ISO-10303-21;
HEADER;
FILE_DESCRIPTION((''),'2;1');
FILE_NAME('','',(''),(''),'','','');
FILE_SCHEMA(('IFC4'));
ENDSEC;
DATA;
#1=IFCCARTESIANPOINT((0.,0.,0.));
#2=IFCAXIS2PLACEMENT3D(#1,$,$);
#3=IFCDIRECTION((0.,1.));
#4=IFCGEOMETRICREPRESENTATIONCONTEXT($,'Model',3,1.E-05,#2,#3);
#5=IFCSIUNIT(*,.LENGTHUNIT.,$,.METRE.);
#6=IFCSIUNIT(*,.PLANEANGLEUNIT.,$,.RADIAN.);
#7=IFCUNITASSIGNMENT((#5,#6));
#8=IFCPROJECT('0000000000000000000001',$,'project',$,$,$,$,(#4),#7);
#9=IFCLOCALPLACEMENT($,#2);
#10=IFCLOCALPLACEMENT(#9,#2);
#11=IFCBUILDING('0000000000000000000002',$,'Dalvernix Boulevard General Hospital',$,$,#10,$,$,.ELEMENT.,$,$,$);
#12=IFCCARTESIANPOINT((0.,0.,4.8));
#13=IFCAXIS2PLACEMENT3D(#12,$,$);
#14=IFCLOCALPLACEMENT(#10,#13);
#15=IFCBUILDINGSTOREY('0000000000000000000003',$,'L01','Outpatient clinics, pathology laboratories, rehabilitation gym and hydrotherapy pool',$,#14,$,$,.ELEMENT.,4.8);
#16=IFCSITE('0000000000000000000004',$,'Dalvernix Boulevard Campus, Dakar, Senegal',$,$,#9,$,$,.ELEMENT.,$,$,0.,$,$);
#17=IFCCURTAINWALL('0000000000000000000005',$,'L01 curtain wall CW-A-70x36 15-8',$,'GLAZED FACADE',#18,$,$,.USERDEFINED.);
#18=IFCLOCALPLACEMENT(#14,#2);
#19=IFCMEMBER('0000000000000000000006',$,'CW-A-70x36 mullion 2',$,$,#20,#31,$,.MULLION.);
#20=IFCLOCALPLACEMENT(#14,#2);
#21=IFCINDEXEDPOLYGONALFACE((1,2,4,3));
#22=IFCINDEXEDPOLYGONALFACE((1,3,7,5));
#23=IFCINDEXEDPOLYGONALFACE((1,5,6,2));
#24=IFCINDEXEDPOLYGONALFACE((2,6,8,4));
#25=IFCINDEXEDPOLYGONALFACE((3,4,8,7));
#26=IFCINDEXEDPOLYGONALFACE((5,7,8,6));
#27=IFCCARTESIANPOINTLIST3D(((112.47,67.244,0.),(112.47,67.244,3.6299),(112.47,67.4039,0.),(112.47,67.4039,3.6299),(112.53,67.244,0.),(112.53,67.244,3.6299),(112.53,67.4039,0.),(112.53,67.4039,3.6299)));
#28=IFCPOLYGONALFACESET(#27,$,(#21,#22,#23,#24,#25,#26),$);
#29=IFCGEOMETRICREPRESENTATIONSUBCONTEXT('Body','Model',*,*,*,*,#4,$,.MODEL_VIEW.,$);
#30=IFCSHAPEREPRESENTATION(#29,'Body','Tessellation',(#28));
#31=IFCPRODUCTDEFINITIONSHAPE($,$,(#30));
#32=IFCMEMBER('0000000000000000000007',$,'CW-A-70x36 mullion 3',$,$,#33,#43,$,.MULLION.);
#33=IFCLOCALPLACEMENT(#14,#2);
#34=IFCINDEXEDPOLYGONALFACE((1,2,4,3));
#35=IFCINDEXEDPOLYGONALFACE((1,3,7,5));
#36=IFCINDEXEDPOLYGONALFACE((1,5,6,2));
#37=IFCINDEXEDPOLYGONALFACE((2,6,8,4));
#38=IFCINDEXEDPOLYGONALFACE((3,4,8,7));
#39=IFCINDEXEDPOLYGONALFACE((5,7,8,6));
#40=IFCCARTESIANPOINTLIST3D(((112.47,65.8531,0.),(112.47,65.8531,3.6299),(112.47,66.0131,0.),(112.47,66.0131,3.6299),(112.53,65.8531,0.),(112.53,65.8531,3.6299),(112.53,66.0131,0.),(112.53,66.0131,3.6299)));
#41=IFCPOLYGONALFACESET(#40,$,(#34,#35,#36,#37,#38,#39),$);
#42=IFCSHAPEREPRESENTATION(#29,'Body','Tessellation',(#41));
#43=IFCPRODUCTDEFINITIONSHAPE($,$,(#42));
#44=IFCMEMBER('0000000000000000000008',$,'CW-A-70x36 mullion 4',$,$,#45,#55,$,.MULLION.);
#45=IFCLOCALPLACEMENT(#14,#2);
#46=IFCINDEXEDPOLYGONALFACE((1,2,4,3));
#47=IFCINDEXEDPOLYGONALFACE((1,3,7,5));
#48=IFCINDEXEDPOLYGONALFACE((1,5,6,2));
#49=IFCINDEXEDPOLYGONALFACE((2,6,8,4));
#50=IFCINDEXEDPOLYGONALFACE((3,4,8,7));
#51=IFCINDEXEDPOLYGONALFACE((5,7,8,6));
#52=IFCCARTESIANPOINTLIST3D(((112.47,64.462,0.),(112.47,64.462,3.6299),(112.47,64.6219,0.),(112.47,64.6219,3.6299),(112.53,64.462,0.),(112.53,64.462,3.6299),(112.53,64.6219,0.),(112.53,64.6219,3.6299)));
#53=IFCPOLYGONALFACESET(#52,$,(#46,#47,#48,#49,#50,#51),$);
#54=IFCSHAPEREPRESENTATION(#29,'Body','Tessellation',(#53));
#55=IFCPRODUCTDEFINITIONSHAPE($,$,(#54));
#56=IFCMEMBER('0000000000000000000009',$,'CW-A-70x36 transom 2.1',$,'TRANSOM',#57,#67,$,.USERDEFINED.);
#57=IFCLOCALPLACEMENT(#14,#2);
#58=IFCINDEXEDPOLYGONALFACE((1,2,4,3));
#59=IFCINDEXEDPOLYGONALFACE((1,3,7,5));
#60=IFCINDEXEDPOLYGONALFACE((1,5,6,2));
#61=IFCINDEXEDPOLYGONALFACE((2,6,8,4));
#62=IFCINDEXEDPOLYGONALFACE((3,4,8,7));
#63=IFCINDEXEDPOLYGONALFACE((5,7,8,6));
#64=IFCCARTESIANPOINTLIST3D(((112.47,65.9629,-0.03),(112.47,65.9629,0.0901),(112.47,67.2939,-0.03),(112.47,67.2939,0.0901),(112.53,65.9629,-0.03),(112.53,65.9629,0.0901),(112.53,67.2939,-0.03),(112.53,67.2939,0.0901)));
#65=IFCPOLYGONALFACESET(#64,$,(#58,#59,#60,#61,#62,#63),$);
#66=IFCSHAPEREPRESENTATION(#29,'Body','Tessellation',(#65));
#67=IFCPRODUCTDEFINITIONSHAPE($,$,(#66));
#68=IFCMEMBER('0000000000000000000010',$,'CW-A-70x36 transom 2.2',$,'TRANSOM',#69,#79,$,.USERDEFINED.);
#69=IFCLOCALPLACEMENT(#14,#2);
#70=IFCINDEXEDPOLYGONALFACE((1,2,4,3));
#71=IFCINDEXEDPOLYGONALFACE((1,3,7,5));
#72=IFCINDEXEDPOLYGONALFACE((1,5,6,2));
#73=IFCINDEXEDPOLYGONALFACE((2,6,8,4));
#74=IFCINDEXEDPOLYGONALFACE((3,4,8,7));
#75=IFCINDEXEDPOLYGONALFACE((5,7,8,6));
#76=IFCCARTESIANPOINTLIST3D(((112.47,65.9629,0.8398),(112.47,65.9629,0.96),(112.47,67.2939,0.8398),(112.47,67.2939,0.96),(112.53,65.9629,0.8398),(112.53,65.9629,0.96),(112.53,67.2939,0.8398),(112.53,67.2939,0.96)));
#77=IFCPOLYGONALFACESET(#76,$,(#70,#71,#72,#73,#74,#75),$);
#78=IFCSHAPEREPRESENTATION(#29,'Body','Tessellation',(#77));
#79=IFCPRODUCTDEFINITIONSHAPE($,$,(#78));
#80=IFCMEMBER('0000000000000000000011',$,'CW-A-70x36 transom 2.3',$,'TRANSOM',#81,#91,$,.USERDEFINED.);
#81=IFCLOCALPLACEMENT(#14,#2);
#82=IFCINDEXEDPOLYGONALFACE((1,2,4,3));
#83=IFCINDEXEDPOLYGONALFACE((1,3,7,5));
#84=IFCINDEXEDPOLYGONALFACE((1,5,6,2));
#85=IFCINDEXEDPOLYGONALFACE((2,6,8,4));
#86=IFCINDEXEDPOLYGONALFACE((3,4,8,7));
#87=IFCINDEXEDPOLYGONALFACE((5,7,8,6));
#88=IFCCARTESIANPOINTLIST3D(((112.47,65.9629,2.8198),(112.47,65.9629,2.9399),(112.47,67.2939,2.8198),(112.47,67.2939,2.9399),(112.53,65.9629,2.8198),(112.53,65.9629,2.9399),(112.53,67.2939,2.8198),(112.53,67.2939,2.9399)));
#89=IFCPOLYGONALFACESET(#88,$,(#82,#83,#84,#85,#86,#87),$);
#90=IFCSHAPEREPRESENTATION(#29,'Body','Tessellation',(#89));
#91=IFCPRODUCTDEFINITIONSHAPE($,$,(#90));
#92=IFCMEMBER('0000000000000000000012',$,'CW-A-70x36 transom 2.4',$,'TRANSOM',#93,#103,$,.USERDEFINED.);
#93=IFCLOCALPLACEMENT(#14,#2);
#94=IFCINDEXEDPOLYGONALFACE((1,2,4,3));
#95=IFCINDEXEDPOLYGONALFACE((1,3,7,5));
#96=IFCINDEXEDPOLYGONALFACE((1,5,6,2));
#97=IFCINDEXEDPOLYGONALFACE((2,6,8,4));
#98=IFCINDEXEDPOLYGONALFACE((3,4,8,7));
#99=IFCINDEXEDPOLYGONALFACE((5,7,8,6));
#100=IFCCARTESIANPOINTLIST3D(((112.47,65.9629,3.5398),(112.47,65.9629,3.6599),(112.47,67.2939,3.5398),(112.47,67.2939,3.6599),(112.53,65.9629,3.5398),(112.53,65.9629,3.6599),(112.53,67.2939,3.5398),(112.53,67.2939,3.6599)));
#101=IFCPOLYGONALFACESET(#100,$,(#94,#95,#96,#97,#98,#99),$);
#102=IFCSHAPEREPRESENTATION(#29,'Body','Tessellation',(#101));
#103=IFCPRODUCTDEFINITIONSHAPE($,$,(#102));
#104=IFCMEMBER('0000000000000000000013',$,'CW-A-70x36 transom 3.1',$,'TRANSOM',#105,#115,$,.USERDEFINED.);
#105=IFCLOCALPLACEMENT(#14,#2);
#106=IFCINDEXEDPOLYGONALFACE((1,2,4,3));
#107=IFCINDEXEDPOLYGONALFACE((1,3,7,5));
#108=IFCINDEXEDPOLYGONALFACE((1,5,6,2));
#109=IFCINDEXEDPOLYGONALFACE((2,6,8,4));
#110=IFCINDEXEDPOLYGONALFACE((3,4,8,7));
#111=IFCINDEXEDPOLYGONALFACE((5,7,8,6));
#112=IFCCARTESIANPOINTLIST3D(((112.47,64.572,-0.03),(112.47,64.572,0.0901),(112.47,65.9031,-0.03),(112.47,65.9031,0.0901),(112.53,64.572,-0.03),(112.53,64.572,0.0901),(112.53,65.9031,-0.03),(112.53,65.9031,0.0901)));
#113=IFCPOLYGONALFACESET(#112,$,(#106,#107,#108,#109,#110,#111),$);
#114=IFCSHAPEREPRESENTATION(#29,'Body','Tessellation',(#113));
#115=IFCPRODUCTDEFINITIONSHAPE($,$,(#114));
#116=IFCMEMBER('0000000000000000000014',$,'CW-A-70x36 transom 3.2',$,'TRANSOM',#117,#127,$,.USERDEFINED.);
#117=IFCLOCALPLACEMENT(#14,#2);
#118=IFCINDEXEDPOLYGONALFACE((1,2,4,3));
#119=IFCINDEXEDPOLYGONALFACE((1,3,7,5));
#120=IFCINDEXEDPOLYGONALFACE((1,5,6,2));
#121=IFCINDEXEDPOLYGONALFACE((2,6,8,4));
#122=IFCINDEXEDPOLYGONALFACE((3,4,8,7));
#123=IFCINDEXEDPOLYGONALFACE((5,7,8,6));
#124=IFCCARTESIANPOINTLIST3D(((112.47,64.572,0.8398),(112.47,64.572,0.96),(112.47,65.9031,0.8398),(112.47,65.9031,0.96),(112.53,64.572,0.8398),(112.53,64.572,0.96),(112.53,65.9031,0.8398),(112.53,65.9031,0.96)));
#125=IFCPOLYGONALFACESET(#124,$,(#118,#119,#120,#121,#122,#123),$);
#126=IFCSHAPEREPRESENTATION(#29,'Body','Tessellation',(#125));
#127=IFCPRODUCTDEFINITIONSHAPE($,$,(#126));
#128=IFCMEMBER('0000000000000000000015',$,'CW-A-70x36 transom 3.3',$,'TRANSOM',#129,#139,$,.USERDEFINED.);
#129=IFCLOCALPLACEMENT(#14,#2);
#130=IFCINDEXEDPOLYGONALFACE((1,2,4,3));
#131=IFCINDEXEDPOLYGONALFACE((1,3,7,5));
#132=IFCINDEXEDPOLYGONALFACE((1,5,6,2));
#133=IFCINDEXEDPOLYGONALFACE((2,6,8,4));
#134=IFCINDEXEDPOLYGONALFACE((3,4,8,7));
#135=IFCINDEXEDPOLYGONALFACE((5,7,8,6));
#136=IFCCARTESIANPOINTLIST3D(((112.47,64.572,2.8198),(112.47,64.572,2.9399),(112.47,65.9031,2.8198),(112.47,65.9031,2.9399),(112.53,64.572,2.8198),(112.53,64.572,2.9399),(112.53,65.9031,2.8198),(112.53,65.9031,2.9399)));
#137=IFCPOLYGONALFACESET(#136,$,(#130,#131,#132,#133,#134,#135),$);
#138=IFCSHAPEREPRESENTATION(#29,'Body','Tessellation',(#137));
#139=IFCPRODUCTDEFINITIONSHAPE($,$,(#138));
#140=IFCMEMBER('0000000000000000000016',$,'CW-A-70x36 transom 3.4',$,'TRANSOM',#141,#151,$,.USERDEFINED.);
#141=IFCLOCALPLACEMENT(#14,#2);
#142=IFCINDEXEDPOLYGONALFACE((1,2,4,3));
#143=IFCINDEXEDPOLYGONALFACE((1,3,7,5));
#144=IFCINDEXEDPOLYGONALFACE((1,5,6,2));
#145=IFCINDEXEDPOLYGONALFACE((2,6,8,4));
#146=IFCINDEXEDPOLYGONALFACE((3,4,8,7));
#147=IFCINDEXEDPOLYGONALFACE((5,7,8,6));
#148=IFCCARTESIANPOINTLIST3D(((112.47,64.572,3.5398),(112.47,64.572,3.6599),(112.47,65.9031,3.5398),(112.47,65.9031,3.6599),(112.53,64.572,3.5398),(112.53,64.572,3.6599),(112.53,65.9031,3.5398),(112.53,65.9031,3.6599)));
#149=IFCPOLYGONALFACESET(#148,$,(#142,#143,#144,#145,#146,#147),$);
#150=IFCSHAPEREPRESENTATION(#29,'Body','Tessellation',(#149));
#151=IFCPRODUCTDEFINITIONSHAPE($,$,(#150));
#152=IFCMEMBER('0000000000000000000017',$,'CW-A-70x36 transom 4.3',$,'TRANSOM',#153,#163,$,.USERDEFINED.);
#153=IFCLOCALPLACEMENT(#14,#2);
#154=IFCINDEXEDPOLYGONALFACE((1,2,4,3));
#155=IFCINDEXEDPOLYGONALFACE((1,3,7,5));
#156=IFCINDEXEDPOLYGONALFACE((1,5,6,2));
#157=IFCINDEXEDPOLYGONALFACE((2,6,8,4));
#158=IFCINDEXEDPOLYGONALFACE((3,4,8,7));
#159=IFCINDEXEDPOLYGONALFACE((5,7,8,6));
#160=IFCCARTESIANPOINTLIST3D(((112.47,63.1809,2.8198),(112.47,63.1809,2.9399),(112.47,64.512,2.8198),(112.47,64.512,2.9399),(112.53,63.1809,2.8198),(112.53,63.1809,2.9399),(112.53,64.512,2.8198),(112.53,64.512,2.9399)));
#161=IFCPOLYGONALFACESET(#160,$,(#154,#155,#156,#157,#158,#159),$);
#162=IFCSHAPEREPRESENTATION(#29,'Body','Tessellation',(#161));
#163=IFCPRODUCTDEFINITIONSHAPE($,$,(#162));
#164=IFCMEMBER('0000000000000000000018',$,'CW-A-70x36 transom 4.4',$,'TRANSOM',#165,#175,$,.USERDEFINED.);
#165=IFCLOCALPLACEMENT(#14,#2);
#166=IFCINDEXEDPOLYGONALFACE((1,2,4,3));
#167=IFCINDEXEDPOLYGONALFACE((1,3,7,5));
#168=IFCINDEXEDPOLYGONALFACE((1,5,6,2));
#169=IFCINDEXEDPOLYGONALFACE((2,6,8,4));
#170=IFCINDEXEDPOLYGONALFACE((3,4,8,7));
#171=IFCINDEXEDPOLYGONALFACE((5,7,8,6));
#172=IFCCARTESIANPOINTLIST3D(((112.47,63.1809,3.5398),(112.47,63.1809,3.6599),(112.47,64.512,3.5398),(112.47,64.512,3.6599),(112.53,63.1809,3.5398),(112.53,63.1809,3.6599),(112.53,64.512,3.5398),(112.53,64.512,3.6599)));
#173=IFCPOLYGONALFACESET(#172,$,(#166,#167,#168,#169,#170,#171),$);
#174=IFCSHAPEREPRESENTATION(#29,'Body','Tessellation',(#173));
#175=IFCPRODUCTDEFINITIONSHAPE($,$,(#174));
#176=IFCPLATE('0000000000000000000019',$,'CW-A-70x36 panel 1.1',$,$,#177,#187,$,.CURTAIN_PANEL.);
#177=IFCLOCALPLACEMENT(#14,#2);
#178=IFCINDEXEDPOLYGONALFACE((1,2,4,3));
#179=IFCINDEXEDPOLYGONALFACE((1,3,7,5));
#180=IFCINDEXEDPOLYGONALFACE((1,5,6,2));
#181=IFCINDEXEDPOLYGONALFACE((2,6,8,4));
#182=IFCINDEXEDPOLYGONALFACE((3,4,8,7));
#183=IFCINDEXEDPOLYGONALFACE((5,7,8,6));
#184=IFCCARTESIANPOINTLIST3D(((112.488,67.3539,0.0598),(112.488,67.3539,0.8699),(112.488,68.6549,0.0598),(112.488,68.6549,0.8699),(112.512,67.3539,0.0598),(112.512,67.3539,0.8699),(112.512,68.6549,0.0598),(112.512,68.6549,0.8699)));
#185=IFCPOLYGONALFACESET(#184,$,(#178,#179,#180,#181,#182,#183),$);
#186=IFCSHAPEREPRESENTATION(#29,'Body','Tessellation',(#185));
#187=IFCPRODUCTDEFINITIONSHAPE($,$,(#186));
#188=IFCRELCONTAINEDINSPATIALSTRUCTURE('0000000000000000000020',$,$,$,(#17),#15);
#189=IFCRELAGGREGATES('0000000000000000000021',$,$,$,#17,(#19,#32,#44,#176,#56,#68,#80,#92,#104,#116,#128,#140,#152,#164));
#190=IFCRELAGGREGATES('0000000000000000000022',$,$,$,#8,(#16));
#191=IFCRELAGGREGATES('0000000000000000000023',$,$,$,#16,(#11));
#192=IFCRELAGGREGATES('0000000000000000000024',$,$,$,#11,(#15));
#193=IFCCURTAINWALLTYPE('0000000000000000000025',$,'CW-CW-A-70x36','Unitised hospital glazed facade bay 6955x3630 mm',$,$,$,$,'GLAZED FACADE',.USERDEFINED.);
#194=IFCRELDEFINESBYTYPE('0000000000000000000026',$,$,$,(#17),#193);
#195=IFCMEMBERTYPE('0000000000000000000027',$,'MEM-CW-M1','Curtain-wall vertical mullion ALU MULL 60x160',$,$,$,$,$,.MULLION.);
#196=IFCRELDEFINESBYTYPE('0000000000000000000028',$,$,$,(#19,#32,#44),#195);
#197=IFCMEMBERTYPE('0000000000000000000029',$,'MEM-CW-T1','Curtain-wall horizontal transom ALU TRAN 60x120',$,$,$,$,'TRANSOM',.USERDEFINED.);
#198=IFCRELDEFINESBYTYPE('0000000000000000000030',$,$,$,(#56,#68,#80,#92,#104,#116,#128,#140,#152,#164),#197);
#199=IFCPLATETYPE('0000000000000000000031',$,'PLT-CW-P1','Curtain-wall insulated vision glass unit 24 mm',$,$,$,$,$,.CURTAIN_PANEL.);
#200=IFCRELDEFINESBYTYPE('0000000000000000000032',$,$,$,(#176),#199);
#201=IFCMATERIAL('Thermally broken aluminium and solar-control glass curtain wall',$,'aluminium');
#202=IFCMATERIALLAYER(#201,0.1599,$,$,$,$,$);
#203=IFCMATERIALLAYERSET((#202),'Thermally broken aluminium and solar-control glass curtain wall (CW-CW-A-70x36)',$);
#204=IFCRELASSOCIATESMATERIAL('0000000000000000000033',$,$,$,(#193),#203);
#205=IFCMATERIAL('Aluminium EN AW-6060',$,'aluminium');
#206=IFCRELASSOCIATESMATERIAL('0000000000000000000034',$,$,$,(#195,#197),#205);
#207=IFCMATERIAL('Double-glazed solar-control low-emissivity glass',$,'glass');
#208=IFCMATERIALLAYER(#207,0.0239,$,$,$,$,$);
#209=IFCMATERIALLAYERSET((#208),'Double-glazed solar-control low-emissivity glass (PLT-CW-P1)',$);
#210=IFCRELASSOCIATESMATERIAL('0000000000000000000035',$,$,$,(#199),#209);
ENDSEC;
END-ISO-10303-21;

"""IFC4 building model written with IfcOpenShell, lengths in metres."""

from ifc_helpers import new_model, si_unit, direction, frame, origin, origin_2d, place, context, subcontext, project, spatial, rectangle, extrude, material, layer, layer_set, material_profile, profile_set, type_object, element, aggregate, save


model = new_model("IFC4")

# Units and contexts
model_context = context("Model", 3, precision=1e-05, world=origin(), true_north=direction((0.0, 1.0)))
body_context = subcontext(model_context, "Body", "Model", "MODEL_VIEW")
ifc_project = project(units=[si_unit("LENGTHUNIT", "METRE"), si_unit("PLANEANGLEUNIT", "RADIAN")], contexts=[model_context])

# Site, building, storey
site_placement = place(None, origin())
site = spatial("IfcSite", under=ifc_project, at=site_placement, Name="Dalvernix Boulevard Campus, Dakar, Senegal", CompositionType="ELEMENT", RefElevation=0.0)
building_placement = place(site_placement, origin())
building = spatial("IfcBuilding", under=site, at=building_placement, Name="Dalvernix Boulevard General Hospital", CompositionType="ELEMENT")
storey_placement = place(building_placement, frame((0.0, 0.0, 4.8)))
storey = spatial("IfcBuildingStorey", under=building, at=storey_placement, Name="L01", Description="Outpatient clinics, pathology laboratories, rehabilitation gym and hydrotherapy pool", CompositionType="ELEMENT", Elevation=4.8)

# Curtain wall, members, plate
ifc_material_1 = material(Name="Thermally broken aluminium and solar-control glass curtain wall", Category="aluminium")
ifc_layer_1 = layer(ifc_material_1, 0.1599)
ifc_layer_set_1 = layer_set([ifc_layer_1], Name="Thermally broken aluminium and solar-control glass curtain wall (CW-CW-A-70x36)")
curtain_wall_type = type_object("IfcCurtainWallType", Name="CW-CW-A-70x36", Description="Unitised hospital glazed facade bay 6955x3630 mm", ElementType="GLAZED FACADE", PredefinedType="USERDEFINED", material=ifc_layer_set_1)
curtain_wall_placement = place(storey_placement, origin())
curtain_wall = element("IfcCurtainWall", 1, at=curtain_wall_placement, inside=storey, type_object=curtain_wall_type, Name="L01 curtain wall CW-A-70x36 15-8", ObjectType="GLAZED FACADE", PredefinedType="USERDEFINED")
ifc_material_2 = material(Name="Aluminium EN AW-6060", Category="aluminium")
ifc_material_profile_1 = material_profile(ifc_material_2, rectangle(XDim=0.0601, YDim=0.1599, at=origin_2d()), Name="ALU MULL 60x160")
ifc_profile_set_1 = profile_set([ifc_material_profile_1], Name="Aluminium EN AW-6060")
member_type_1 = type_object("IfcMemberType", Name="MEM-CW-M1", Description="Curtain-wall vertical mullion ALU MULL 60x160", PredefinedType="MULLION", material=ifc_profile_set_1)
member_1_placement = place(storey_placement, frame((112.5, 67.324, 0.0), z_axis=(0.0, 0.0, 1.0), x_axis=(1.0, 0.0, 0.0)))
member_1 = element("IfcMember", 2, at=member_1_placement, type_object=member_type_1, Name="CW-A-70x36 mullion 2", PredefinedType="MULLION", context=body_context, shape_type="SweptSolid", body=[
    extrude(rectangle(XDim=0.0601, YDim=0.1599, at=origin_2d()), origin(), (0.0, 0.0, 1.0), 3.6299),
])
member_2_placement = place(storey_placement, frame((112.5, 65.9331, 0.0), z_axis=(0.0, 0.0, 1.0), x_axis=(1.0, 0.0, 0.0)))
member_2 = element("IfcMember", 3, at=member_2_placement, type_object=member_type_1, Name="CW-A-70x36 mullion 3", PredefinedType="MULLION", context=body_context, shape_type="SweptSolid", body=[
    extrude(rectangle(XDim=0.0601, YDim=0.1599, at=origin_2d()), origin(), (0.0, 0.0, 1.0), 3.6299),
])
member_3_placement = place(storey_placement, frame((112.5, 64.542, 0.0), z_axis=(0.0, 0.0, 1.0), x_axis=(1.0, 0.0, 0.0)))
member_3 = element("IfcMember", 4, at=member_3_placement, type_object=member_type_1, Name="CW-A-70x36 mullion 4", PredefinedType="MULLION", context=body_context, shape_type="SweptSolid", body=[
    extrude(rectangle(XDim=0.0601, YDim=0.1599, at=origin_2d()), origin(), (0.0, 0.0, 1.0), 3.6299),
])
ifc_material_profile_2 = material_profile(ifc_material_2, rectangle(XDim=0.0601, YDim=0.1201, at=origin_2d()), Name="ALU TRAN 60x120")
ifc_profile_set_2 = profile_set([ifc_material_profile_2], Name="Aluminium EN AW-6060")
member_type_2 = type_object("IfcMemberType", Name="MEM-CW-T1", Description="Curtain-wall horizontal transom ALU TRAN 60x120", ElementType="TRANSOM", PredefinedType="USERDEFINED", material=ifc_profile_set_2)
member_4_placement = place(storey_placement, frame((112.5, 67.2939, 0.03), z_axis=(0.0, -1.0, 0.0), x_axis=(1.0, 0.0, 0.0)))
member_4 = element("IfcMember", 5, at=member_4_placement, type_object=member_type_2, Name="CW-A-70x36 transom 2.1", ObjectType="TRANSOM", PredefinedType="USERDEFINED", context=body_context, shape_type="SweptSolid", body=[
    extrude(rectangle(XDim=0.0601, YDim=0.1201, at=origin_2d()), origin(), (0.0, 0.0, 1.0), 1.3311),
])
member_5_placement = place(storey_placement, frame((112.5, 67.2939, 0.8999), z_axis=(0.0, -1.0, 0.0), x_axis=(1.0, 0.0, 0.0)))
member_5 = element("IfcMember", 6, at=member_5_placement, type_object=member_type_2, Name="CW-A-70x36 transom 2.2", ObjectType="TRANSOM", PredefinedType="USERDEFINED", context=body_context, shape_type="SweptSolid", body=[
    extrude(rectangle(XDim=0.0601, YDim=0.1201, at=origin_2d()), origin(), (0.0, 0.0, 1.0), 1.3311),
])
member_6_placement = place(storey_placement, frame((112.5, 67.2939, 2.8799), z_axis=(0.0, -1.0, 0.0), x_axis=(1.0, 0.0, 0.0)))
member_6 = element("IfcMember", 7, at=member_6_placement, type_object=member_type_2, Name="CW-A-70x36 transom 2.3", ObjectType="TRANSOM", PredefinedType="USERDEFINED", context=body_context, shape_type="SweptSolid", body=[
    extrude(rectangle(XDim=0.0601, YDim=0.1201, at=origin_2d()), origin(), (0.0, 0.0, 1.0), 1.3311),
])
member_7_placement = place(storey_placement, frame((112.5, 67.2939, 3.5999), z_axis=(0.0, -1.0, 0.0), x_axis=(1.0, 0.0, 0.0)))
member_7 = element("IfcMember", 8, at=member_7_placement, type_object=member_type_2, Name="CW-A-70x36 transom 2.4", ObjectType="TRANSOM", PredefinedType="USERDEFINED", context=body_context, shape_type="SweptSolid", body=[
    extrude(rectangle(XDim=0.0601, YDim=0.1201, at=origin_2d()), origin(), (0.0, 0.0, 1.0), 1.3311),
])
member_8_placement = place(storey_placement, frame((112.5, 65.9031, 0.03), z_axis=(0.0, -1.0, 0.0), x_axis=(1.0, 0.0, 0.0)))
member_8 = element("IfcMember", 9, at=member_8_placement, type_object=member_type_2, Name="CW-A-70x36 transom 3.1", ObjectType="TRANSOM", PredefinedType="USERDEFINED", context=body_context, shape_type="SweptSolid", body=[
    extrude(rectangle(XDim=0.0601, YDim=0.1201, at=origin_2d()), origin(), (0.0, 0.0, 1.0), 1.3311),
])
member_9_placement = place(storey_placement, frame((112.5, 65.9031, 0.8999), z_axis=(0.0, -1.0, 0.0), x_axis=(1.0, 0.0, 0.0)))
member_9 = element("IfcMember", 10, at=member_9_placement, type_object=member_type_2, Name="CW-A-70x36 transom 3.2", ObjectType="TRANSOM", PredefinedType="USERDEFINED", context=body_context, shape_type="SweptSolid", body=[
    extrude(rectangle(XDim=0.0601, YDim=0.1201, at=origin_2d()), origin(), (0.0, 0.0, 1.0), 1.3311),
])
member_10_placement = place(storey_placement, frame((112.5, 65.9031, 2.8799), z_axis=(0.0, -1.0, 0.0), x_axis=(1.0, 0.0, 0.0)))
member_10 = element("IfcMember", 11, at=member_10_placement, type_object=member_type_2, Name="CW-A-70x36 transom 3.3", ObjectType="TRANSOM", PredefinedType="USERDEFINED", context=body_context, shape_type="SweptSolid", body=[
    extrude(rectangle(XDim=0.0601, YDim=0.1201, at=origin_2d()), origin(), (0.0, 0.0, 1.0), 1.3311),
])
member_11_placement = place(storey_placement, frame((112.5, 65.9031, 3.5999), z_axis=(0.0, -1.0, 0.0), x_axis=(1.0, 0.0, 0.0)))
member_11 = element("IfcMember", 12, at=member_11_placement, type_object=member_type_2, Name="CW-A-70x36 transom 3.4", ObjectType="TRANSOM", PredefinedType="USERDEFINED", context=body_context, shape_type="SweptSolid", body=[
    extrude(rectangle(XDim=0.0601, YDim=0.1201, at=origin_2d()), origin(), (0.0, 0.0, 1.0), 1.3311),
])
member_12_placement = place(storey_placement, frame((112.5, 64.512, 2.8799), z_axis=(0.0, -1.0, 0.0), x_axis=(1.0, 0.0, 0.0)))
member_12 = element("IfcMember", 13, at=member_12_placement, type_object=member_type_2, Name="CW-A-70x36 transom 4.3", ObjectType="TRANSOM", PredefinedType="USERDEFINED", context=body_context, shape_type="SweptSolid", body=[
    extrude(rectangle(XDim=0.0601, YDim=0.1201, at=origin_2d()), origin(), (0.0, 0.0, 1.0), 1.3311),
])
member_13_placement = place(storey_placement, frame((112.5, 64.512, 3.5999), z_axis=(0.0, -1.0, 0.0), x_axis=(1.0, 0.0, 0.0)))
member_13 = element("IfcMember", 14, at=member_13_placement, type_object=member_type_2, Name="CW-A-70x36 transom 4.4", ObjectType="TRANSOM", PredefinedType="USERDEFINED", context=body_context, shape_type="SweptSolid", body=[
    extrude(rectangle(XDim=0.0601, YDim=0.1201, at=origin_2d()), origin(), (0.0, 0.0, 1.0), 1.3311),
])
ifc_material_3 = material(Name="Double-glazed solar-control low-emissivity glass", Category="glass")
ifc_layer_2 = layer(ifc_material_3, 0.0239)
ifc_layer_set_2 = layer_set([ifc_layer_2], Name="Double-glazed solar-control low-emissivity glass (PLT-CW-P1)")
plate_type = type_object("IfcPlateType", Name="PLT-CW-P1", Description="Curtain-wall insulated vision glass unit 24 mm", PredefinedType="CURTAIN_PANEL", material=ifc_layer_set_2)
plate_1_placement = place(storey_placement, frame((112.5, 68.0044, 0.0598), z_axis=(0.0, 0.0, 1.0), x_axis=(0.0, -1.0, 0.0)))
plate_1 = element("IfcPlate", 15, at=plate_1_placement, type_object=plate_type, Name="CW-A-70x36 panel 1.1", PredefinedType="CURTAIN_PANEL", context=body_context, shape_type="SweptSolid", body=[
    extrude(rectangle(XDim=1.301, YDim=0.0239, at=origin_2d()), origin(), (0.0, 0.0, 1.0), 0.8101),
])
aggregate(curtain_wall, [member_1, member_2, member_3, plate_1, member_4, member_5, member_6, member_7, member_8, member_9, member_10, member_11, member_12, member_13])

save(model, "model.ifc")
